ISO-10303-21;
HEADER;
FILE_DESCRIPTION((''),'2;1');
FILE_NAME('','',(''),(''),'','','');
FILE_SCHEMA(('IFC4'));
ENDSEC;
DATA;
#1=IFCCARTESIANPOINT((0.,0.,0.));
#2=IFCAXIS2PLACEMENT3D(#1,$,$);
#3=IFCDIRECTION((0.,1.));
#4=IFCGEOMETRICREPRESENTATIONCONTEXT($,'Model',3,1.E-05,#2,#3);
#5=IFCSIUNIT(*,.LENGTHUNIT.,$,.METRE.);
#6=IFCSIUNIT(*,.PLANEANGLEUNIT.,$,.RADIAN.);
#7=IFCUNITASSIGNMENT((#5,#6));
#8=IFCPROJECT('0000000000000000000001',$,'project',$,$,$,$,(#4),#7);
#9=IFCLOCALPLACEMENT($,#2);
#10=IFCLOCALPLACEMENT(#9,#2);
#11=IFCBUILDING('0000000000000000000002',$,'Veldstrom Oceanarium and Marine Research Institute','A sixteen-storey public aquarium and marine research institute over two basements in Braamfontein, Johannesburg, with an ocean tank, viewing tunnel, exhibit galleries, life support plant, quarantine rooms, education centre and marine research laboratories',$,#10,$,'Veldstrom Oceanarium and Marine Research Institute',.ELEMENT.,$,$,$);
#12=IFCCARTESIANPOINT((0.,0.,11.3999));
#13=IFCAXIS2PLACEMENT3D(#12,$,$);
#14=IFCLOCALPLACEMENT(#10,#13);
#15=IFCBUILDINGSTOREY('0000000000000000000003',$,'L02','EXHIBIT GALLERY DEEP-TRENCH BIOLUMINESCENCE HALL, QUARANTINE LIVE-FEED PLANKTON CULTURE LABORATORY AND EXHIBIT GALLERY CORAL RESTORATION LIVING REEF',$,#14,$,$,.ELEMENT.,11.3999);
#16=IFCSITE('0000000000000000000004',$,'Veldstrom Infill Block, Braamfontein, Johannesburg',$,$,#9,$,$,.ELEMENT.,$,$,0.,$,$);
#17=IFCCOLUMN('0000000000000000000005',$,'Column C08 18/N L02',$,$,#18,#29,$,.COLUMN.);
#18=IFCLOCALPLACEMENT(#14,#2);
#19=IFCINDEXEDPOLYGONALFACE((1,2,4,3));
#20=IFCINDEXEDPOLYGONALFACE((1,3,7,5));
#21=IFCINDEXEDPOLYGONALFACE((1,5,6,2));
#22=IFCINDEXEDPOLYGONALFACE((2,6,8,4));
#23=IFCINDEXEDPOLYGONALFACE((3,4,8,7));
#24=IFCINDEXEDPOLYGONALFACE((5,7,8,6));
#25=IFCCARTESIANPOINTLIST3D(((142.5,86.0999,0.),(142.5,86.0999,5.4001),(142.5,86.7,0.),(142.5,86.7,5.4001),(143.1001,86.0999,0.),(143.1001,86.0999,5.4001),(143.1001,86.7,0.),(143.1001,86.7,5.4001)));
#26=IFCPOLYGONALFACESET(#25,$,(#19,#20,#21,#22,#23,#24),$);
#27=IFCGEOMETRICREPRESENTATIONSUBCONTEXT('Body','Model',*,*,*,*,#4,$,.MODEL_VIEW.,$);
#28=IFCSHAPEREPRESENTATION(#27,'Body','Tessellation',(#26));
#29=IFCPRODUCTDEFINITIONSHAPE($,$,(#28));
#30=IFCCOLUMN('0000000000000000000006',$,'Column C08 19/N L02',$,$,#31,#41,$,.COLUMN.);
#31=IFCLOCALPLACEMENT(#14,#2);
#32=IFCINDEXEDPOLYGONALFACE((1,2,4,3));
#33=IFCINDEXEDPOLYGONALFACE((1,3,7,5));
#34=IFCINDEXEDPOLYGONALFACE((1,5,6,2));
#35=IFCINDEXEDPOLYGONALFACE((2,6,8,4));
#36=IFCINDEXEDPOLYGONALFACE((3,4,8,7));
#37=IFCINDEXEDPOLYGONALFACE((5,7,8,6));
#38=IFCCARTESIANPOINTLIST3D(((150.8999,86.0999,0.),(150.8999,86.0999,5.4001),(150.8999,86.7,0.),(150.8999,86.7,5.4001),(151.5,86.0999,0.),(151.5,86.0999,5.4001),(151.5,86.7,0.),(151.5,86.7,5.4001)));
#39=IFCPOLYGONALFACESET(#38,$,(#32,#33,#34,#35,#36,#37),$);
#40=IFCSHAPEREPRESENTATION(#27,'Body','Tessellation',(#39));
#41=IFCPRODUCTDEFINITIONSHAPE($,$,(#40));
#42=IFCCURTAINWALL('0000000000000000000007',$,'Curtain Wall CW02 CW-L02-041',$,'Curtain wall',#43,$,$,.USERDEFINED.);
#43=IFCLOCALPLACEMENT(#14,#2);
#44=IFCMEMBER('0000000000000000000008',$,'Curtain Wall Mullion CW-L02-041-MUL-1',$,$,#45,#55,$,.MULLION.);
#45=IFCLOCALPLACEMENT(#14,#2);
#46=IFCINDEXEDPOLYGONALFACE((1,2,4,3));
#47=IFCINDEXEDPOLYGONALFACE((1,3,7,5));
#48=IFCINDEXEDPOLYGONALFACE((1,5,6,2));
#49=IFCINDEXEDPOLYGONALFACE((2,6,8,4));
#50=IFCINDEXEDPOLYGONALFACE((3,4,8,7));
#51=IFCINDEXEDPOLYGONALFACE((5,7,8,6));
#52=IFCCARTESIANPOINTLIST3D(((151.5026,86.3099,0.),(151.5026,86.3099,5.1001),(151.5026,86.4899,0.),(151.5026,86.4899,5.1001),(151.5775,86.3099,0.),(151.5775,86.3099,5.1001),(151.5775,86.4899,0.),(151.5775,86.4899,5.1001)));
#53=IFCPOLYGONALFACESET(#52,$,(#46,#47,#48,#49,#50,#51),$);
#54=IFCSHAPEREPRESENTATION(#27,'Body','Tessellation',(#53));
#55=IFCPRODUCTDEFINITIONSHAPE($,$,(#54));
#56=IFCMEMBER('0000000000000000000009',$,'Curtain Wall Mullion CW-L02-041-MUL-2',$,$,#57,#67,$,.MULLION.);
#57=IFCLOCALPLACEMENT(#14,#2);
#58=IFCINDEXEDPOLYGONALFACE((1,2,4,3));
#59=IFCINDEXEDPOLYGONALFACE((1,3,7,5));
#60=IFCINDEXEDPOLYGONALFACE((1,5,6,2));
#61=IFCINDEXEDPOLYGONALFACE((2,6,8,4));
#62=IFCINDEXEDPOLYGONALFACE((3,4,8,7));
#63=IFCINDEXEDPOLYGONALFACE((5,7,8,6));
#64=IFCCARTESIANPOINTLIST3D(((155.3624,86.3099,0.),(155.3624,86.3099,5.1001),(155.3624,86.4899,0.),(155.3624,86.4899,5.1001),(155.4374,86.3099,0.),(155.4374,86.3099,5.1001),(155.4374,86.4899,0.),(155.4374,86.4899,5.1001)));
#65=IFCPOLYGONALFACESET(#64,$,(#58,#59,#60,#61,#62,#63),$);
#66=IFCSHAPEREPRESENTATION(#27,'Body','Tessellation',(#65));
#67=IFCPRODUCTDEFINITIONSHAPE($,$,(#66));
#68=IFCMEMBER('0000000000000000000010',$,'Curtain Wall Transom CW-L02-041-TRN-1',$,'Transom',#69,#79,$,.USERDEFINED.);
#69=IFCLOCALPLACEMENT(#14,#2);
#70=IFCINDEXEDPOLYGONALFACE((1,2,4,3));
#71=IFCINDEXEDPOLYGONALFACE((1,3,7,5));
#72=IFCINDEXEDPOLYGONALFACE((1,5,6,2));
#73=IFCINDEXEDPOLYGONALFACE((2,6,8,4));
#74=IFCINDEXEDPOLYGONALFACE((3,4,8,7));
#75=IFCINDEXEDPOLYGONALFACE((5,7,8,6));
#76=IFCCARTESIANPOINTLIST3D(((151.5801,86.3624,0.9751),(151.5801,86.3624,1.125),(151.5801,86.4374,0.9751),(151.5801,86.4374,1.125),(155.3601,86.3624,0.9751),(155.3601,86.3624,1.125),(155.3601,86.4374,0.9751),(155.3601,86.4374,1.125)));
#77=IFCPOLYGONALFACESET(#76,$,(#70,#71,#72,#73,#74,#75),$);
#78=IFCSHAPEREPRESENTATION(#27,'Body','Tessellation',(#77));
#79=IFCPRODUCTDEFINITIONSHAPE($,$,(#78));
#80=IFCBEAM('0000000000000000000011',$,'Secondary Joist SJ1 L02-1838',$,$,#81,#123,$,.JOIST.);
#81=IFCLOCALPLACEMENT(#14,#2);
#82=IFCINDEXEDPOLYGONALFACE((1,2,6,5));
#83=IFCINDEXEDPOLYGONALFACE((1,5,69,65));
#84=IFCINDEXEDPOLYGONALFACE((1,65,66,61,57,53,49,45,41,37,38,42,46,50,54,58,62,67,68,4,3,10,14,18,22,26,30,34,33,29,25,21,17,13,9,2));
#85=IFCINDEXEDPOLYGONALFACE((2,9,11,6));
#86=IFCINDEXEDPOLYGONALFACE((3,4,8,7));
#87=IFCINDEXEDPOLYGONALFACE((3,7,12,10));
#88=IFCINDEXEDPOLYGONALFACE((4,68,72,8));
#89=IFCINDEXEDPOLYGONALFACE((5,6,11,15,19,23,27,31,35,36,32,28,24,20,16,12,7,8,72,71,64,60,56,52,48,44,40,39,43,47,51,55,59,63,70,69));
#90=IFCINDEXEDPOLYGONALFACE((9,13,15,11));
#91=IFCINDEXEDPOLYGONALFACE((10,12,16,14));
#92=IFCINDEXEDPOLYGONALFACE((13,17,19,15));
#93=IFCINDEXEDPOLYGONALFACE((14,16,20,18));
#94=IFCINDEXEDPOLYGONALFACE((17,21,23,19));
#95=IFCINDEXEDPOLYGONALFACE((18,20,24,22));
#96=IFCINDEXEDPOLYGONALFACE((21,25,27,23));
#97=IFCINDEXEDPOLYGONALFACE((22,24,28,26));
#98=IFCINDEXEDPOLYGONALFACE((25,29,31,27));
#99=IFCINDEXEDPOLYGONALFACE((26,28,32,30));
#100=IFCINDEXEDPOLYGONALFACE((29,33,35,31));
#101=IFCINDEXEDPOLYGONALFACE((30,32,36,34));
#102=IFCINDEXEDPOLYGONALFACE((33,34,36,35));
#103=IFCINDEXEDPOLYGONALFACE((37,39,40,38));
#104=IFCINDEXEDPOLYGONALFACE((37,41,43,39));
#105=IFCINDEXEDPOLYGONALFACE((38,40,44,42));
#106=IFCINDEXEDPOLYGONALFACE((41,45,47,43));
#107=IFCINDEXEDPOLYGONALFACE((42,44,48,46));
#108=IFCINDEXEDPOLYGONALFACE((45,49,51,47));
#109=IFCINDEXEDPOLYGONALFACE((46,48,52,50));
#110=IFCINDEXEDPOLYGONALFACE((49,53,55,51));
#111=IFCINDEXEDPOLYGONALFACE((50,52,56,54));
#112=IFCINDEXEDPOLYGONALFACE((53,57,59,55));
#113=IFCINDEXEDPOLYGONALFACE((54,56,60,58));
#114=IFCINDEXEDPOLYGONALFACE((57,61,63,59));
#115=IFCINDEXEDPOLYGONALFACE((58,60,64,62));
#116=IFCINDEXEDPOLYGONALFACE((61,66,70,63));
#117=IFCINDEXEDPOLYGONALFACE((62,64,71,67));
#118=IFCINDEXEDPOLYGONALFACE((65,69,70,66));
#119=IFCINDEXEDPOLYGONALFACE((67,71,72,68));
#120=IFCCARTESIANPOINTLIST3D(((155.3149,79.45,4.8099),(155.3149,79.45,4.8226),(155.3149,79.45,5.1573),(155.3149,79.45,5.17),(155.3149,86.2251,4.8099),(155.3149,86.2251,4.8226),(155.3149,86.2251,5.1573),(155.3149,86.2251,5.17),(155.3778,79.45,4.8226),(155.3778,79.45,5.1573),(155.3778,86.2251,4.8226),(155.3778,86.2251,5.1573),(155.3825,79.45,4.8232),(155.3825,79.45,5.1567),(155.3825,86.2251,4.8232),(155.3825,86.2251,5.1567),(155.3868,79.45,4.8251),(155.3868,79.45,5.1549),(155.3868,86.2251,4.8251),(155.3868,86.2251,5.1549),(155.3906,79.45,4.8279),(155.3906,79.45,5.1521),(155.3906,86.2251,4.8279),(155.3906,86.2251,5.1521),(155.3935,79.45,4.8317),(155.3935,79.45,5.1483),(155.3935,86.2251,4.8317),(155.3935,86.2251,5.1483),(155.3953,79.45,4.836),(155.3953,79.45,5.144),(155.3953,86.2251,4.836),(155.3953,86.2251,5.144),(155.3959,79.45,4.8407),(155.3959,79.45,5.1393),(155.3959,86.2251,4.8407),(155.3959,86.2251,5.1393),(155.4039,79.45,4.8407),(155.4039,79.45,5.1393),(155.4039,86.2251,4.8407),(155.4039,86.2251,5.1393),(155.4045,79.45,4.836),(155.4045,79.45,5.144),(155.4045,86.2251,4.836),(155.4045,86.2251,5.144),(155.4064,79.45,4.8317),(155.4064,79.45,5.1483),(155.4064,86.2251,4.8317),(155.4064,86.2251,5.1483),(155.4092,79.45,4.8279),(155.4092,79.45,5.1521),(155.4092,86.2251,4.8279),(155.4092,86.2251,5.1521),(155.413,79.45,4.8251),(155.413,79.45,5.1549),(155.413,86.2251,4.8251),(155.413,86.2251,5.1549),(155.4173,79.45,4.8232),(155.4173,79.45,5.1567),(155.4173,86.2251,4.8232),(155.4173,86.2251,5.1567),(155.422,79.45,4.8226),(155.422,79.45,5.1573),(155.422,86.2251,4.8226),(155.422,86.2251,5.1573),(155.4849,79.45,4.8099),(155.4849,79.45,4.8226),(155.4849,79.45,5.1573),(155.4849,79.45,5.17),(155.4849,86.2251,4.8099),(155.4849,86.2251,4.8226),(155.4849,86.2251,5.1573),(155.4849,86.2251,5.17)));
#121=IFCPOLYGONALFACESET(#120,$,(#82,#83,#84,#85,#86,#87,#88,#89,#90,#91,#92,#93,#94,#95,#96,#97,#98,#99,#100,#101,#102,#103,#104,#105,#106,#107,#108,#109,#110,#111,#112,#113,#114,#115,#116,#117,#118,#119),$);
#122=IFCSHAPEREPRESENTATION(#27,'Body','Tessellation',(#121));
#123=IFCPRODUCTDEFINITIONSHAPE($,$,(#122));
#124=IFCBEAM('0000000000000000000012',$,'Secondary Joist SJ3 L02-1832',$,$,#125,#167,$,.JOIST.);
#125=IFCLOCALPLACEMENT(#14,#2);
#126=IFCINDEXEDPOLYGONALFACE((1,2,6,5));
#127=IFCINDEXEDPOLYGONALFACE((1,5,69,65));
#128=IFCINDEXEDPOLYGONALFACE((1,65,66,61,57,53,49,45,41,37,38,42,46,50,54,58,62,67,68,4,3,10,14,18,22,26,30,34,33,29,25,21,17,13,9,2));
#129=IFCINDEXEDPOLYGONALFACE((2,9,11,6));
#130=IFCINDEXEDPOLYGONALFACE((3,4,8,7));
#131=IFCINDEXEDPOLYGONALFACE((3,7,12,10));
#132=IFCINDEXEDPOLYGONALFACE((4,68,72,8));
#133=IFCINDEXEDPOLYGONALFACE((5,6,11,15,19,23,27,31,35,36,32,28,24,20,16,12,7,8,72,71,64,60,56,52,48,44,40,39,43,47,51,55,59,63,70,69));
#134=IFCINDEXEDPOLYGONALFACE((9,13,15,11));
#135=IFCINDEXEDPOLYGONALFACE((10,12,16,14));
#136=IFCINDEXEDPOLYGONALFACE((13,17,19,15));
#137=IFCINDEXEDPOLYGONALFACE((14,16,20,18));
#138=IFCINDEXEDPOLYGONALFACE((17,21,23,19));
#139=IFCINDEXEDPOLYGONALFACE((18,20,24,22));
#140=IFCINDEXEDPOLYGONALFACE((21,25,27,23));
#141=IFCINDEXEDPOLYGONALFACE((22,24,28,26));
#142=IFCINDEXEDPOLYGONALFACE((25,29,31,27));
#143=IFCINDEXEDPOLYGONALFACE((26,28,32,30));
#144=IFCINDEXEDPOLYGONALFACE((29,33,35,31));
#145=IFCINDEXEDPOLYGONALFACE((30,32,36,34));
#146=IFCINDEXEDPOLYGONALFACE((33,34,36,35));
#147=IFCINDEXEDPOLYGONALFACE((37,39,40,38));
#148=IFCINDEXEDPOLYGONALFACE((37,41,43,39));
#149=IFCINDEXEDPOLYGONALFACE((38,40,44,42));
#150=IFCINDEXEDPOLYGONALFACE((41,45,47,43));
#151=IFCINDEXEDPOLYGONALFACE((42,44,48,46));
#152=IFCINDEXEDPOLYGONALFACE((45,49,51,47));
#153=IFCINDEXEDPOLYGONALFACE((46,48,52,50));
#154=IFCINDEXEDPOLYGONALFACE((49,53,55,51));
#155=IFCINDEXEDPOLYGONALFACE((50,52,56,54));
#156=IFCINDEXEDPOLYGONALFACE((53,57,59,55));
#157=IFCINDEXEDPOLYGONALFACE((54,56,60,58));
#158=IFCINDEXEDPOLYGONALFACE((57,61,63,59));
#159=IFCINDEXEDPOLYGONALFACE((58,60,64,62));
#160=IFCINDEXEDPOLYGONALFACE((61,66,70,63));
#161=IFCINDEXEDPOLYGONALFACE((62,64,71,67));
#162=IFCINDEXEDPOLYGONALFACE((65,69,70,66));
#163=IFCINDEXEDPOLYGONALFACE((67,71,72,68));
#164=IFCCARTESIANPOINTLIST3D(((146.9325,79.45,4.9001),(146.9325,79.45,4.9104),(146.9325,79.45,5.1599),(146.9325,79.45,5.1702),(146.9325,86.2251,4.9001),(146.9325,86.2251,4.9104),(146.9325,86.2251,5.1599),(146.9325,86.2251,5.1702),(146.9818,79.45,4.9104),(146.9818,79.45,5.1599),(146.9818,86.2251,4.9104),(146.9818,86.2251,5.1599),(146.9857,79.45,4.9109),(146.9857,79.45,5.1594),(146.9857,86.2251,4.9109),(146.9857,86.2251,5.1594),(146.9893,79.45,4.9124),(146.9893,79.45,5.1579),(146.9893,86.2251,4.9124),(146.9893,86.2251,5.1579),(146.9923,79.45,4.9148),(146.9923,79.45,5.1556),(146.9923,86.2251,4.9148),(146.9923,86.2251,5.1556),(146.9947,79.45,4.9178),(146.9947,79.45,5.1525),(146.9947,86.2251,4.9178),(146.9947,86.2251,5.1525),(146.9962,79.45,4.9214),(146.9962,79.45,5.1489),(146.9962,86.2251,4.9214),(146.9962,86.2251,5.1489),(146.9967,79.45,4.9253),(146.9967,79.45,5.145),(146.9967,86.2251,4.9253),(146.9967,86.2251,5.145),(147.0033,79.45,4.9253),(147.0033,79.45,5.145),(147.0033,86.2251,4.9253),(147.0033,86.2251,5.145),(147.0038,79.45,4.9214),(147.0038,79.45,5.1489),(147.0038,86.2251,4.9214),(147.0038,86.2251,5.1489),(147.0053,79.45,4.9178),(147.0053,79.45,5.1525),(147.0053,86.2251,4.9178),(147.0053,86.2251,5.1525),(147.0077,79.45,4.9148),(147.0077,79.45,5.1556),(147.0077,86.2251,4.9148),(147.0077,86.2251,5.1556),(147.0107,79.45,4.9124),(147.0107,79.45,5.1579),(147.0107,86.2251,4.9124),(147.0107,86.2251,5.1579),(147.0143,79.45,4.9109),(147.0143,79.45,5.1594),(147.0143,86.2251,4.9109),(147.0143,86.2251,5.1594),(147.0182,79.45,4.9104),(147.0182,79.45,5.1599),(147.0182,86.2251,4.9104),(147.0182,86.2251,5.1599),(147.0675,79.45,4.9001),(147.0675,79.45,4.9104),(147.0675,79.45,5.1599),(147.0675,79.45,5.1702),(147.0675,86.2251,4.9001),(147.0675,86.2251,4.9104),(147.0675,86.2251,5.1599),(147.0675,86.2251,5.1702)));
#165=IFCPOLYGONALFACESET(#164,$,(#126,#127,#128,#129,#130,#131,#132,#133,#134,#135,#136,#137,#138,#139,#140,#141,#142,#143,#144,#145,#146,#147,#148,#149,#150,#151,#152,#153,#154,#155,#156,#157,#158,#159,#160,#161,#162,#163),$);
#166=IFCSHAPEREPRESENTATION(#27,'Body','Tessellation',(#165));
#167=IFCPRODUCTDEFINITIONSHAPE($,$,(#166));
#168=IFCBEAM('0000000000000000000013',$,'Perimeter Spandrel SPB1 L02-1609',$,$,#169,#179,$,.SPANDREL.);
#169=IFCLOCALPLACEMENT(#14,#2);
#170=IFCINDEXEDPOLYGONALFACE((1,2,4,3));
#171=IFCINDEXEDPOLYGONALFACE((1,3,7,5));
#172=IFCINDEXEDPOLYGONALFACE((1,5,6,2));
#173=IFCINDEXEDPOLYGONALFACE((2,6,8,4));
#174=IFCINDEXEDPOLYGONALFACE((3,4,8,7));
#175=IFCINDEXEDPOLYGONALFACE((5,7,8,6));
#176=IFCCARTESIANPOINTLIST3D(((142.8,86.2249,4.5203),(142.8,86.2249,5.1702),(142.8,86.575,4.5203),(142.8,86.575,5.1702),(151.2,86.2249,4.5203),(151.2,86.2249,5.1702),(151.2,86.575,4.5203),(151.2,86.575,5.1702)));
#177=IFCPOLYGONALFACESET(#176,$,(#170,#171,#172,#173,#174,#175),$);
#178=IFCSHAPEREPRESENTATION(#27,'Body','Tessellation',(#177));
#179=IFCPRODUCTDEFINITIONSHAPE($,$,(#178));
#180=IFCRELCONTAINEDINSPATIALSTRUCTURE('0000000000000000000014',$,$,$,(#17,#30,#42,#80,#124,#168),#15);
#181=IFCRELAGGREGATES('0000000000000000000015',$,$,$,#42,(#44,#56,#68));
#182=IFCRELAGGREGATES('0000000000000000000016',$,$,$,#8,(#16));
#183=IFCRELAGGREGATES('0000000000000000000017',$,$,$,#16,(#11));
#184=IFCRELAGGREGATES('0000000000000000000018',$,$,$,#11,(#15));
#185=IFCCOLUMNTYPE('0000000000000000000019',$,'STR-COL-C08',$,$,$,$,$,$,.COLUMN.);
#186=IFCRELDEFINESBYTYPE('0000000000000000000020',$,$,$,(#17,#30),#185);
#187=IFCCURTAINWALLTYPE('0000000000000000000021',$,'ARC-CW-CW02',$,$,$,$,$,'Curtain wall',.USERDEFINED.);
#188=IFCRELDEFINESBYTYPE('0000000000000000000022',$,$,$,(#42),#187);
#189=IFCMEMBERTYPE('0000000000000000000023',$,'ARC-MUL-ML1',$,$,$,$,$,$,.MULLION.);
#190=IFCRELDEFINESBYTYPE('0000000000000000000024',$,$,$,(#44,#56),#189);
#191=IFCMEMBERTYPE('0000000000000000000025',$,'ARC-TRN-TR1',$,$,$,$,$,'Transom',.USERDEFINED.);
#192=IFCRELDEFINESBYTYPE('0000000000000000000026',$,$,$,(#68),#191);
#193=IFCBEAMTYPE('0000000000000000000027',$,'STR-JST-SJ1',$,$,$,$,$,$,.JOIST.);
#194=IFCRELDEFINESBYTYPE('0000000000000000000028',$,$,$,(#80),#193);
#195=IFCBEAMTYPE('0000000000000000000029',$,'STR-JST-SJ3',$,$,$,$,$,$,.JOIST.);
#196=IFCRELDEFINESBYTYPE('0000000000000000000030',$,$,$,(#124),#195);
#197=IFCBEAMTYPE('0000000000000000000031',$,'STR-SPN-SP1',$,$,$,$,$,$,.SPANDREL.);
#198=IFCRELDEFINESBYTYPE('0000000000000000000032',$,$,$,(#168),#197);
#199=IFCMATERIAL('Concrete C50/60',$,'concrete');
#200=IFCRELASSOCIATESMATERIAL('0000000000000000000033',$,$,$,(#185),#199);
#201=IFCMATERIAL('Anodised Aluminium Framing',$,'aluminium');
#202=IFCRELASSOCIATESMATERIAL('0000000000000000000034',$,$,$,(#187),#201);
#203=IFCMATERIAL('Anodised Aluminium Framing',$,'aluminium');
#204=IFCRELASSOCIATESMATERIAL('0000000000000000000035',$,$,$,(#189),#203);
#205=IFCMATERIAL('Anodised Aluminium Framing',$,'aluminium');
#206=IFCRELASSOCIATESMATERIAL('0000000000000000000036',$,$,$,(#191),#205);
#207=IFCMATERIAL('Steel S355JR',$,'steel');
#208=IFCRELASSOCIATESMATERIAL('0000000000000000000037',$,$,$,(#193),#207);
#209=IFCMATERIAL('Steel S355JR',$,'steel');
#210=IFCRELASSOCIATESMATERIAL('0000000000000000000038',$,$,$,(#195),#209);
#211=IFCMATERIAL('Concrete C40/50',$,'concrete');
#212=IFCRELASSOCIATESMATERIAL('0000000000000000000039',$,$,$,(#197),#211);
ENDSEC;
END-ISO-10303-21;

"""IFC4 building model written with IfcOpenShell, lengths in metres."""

from ifc_helpers import new_model, si_unit, direction, frame, origin, origin_2d, place, context, subcontext, project, spatial, rectangle, i_section, extrude, material, material_profile, profile_set, type_object, element, aggregate, save


model = new_model("IFC4")

# Units and contexts
model_context = context("Model", 3, precision=1e-05, world=origin(), true_north=direction((0.0, 1.0)))
body_context = subcontext(model_context, "Body", "Model", "MODEL_VIEW")
ifc_project = project(units=[si_unit("LENGTHUNIT", "METRE"), si_unit("PLANEANGLEUNIT", "RADIAN")], contexts=[model_context])

# Site, building, storey
site_placement = place(None, origin())
site = spatial("IfcSite", under=ifc_project, at=site_placement, Name="Veldstrom Infill Block, Braamfontein, Johannesburg", CompositionType="ELEMENT", RefElevation=0.0)
building_placement = place(site_placement, origin())
building = spatial("IfcBuilding", under=site, at=building_placement, Name="Veldstrom Oceanarium and Marine Research Institute", Description="A sixteen-storey public aquarium and marine research institute over two basements in Braamfontein, Johannesburg, with an ocean tank, viewing tunnel, exhibit galleries, life support plant, quarantine rooms, education centre and marine research laboratories", LongName="Veldstrom Oceanarium and Marine Research Institute", CompositionType="ELEMENT")
storey_placement = place(building_placement, frame((0.0, 0.0, 11.3999)))
storey = spatial("IfcBuildingStorey", under=building, at=storey_placement, Name="L02", Description="EXHIBIT GALLERY DEEP-TRENCH BIOLUMINESCENCE HALL, QUARANTINE LIVE-FEED PLANKTON CULTURE LABORATORY AND EXHIBIT GALLERY CORAL RESTORATION LIVING REEF", CompositionType="ELEMENT", Elevation=11.3999)

# Columns
ifc_material_1 = material(Name="Concrete C50/60", Category="concrete")
ifc_material_profile_1 = material_profile(ifc_material_1, rectangle(XDim=0.6001, YDim=0.6001, at=origin_2d()), Name="RC-COL-600x600")
ifc_profile_set_1 = profile_set([ifc_material_profile_1], Name="Concrete C50/60")
column_type = type_object("IfcColumnType", Name="STR-COL-C08", PredefinedType="COLUMN", material=ifc_profile_set_1)
for number, where, z_axis, x_axis, name in (
    (1, (142.8, 86.3999, 0.0), (0.0, 0.0, 1.0), (1.0, 0.0, 0.0), "Column C08 18/N L02"),
    (2, (151.2, 86.3999, 0.0), (0.0, 0.0, 1.0), (1.0, 0.0, 0.0), "Column C08 19/N L02"),
):
    element("IfcColumn", number, at=place(storey_placement, frame(where, z_axis=z_axis, x_axis=x_axis)), inside=storey, type_object=column_type, Name=name, PredefinedType="COLUMN", context=body_context, shape_type="SweptSolid", body=[
        extrude(rectangle(XDim=0.6001, YDim=0.6001, at=origin_2d()), origin(), (0.0, 0.0, 1.0), 5.4001),
    ])

# Curtain wall, members
ifc_material_2 = material(Name="Anodised Aluminium Framing", Category="aluminium")
curtain_wall_type = type_object("IfcCurtainWallType", Name="ARC-CW-CW02", ElementType="Curtain wall", PredefinedType="USERDEFINED", material=ifc_material_2)
curtain_wall_placement = place(storey_placement, origin())
curtain_wall = element("IfcCurtainWall", 3, at=curtain_wall_placement, inside=storey, type_object=curtain_wall_type, Name="Curtain Wall CW02 CW-L02-041", ObjectType="Curtain wall", PredefinedType="USERDEFINED")
ifc_material_3 = material(Name="Anodised Aluminium Framing", Category="aluminium")
ifc_material_profile_2 = material_profile(ifc_material_3, rectangle(XDim=0.075, YDim=0.1799, at=origin_2d()), Name="ALU-MUL-75x180")
ifc_profile_set_2 = profile_set([ifc_material_profile_2], Name="Anodised Aluminium Framing")
member_type_1 = type_object("IfcMemberType", Name="ARC-MUL-ML1", PredefinedType="MULLION", material=ifc_profile_set_2)
member_1_placement = place(storey_placement, frame((151.54, 86.3999, 0.0), z_axis=(0.0, 0.0, 1.0), x_axis=(1.0, 0.0, 0.0)))
member_1 = element("IfcMember", 4, at=member_1_placement, type_object=member_type_1, Name="Curtain Wall Mullion CW-L02-041-MUL-1", PredefinedType="MULLION", context=body_context, shape_type="SweptSolid", body=[
    extrude(rectangle(XDim=0.075, YDim=0.1799, at=origin_2d()), origin(), (0.0, 0.0, 1.0), 5.1001),
])
member_2_placement = place(storey_placement, frame((155.3999, 86.3999, 0.0), z_axis=(0.0, 0.0, 1.0), x_axis=(1.0, 0.0, 0.0)))
member_2 = element("IfcMember", 5, at=member_2_placement, type_object=member_type_1, Name="Curtain Wall Mullion CW-L02-041-MUL-2", PredefinedType="MULLION", context=body_context, shape_type="SweptSolid", body=[
    extrude(rectangle(XDim=0.075, YDim=0.1799, at=origin_2d()), origin(), (0.0, 0.0, 1.0), 5.1001),
])
ifc_material_4 = material(Name="Anodised Aluminium Framing", Category="aluminium")
ifc_material_profile_3 = material_profile(ifc_material_4, rectangle(XDim=0.075, YDim=0.1499, at=origin_2d()), Name="ALU-TRN-75x150")
ifc_profile_set_3 = profile_set([ifc_material_profile_3], Name="Anodised Aluminium Framing")
member_type_2 = type_object("IfcMemberType", Name="ARC-TRN-TR1", ElementType="Transom", PredefinedType="USERDEFINED", material=ifc_profile_set_3)
member_3_placement = place(storey_placement, frame((151.5801, 86.3999, 1.05), z_axis=(1.0, 0.0, 0.0), x_axis=(0.0, 1.0, 0.0)))
member_3 = element("IfcMember", 6, at=member_3_placement, type_object=member_type_2, Name="Curtain Wall Transom CW-L02-041-TRN-1", ObjectType="Transom", PredefinedType="USERDEFINED", context=body_context, shape_type="SweptSolid", body=[
    extrude(rectangle(XDim=0.075, YDim=0.1499, at=origin_2d()), origin(), (0.0, 0.0, 1.0), 3.78),
])

# Beams
ifc_material_5 = material(Name="Steel S355JR", Category="steel")
ifc_material_profile_4 = material_profile(ifc_material_5, i_section(OverallWidth=0.1699, OverallDepth=0.3601, WebThickness=0.0081, FlangeThickness=0.0127, FilletRadius=0.0181, at=origin_2d()), Name="IPE 360")
ifc_profile_set_4 = profile_set([ifc_material_profile_4], Name="Steel S355JR")
beam_type_1 = type_object("IfcBeamType", Name="STR-JST-SJ1", PredefinedType="JOIST", material=ifc_profile_set_4)
beam_1_placement = place(storey_placement, frame((155.3999, 79.45, 4.99), z_axis=(0.0, 1.0, 0.0), x_axis=(-1.0, 0.0, 0.0)))
element("IfcBeam", 7, at=beam_1_placement, inside=storey, type_object=beam_type_1, Name="Secondary Joist SJ1 L02-1838", PredefinedType="JOIST", context=body_context, shape_type="SweptSolid", body=[
    extrude(i_section(OverallWidth=0.1699, OverallDepth=0.3601, WebThickness=0.0081, FlangeThickness=0.0127, FilletRadius=0.0181, at=origin_2d()), origin(), (0.0, 0.0, 1.0), 6.7751),
])
ifc_material_6 = material(Name="Steel S355JR", Category="steel")
ifc_material_profile_5 = material_profile(ifc_material_6, i_section(OverallWidth=0.135, OverallDepth=0.27, WebThickness=0.0066, FlangeThickness=0.0103, FilletRadius=0.0149, at=origin_2d()), Name="IPE 270")
ifc_profile_set_5 = profile_set([ifc_material_profile_5], Name="Steel S355JR")
beam_type_2 = type_object("IfcBeamType", Name="STR-JST-SJ3", PredefinedType="JOIST", material=ifc_profile_set_5)
beam_2_placement = place(storey_placement, frame((147.0, 79.45, 5.0352), z_axis=(0.0, 1.0, 0.0), x_axis=(-1.0, 0.0, 0.0)))
element("IfcBeam", 8, at=beam_2_placement, inside=storey, type_object=beam_type_2, Name="Secondary Joist SJ3 L02-1832", PredefinedType="JOIST", context=body_context, shape_type="SweptSolid", body=[
    extrude(i_section(OverallWidth=0.135, OverallDepth=0.27, WebThickness=0.0066, FlangeThickness=0.0103, FilletRadius=0.0149, at=origin_2d()), origin(), (0.0, 0.0, 1.0), 6.7751),
])
ifc_material_7 = material(Name="Concrete C40/50", Category="concrete")
ifc_material_profile_6 = material_profile(ifc_material_7, rectangle(XDim=0.3501, YDim=0.6499, at=origin_2d()), Name="RC-SPN-350x650")
ifc_profile_set_6 = profile_set([ifc_material_profile_6], Name="Concrete C40/50")
beam_type_3 = type_object("IfcBeamType", Name="STR-SPN-SP1", PredefinedType="SPANDREL", material=ifc_profile_set_6)
beam_3_placement = place(storey_placement, frame((142.8, 86.3999, 4.8452), z_axis=(1.0, 0.0, 0.0), x_axis=(0.0, 1.0, 0.0)))
element("IfcBeam", 9, at=beam_3_placement, inside=storey, type_object=beam_type_3, Name="Perimeter Spandrel SPB1 L02-1609", PredefinedType="SPANDREL", context=body_context, shape_type="SweptSolid", body=[
    extrude(rectangle(XDim=0.3501, YDim=0.6499, at=origin_2d()), origin(), (0.0, 0.0, 1.0), 8.3999),
])

aggregate(curtain_wall, [member_1, member_2, member_3])

save(model, "model.ifc")
